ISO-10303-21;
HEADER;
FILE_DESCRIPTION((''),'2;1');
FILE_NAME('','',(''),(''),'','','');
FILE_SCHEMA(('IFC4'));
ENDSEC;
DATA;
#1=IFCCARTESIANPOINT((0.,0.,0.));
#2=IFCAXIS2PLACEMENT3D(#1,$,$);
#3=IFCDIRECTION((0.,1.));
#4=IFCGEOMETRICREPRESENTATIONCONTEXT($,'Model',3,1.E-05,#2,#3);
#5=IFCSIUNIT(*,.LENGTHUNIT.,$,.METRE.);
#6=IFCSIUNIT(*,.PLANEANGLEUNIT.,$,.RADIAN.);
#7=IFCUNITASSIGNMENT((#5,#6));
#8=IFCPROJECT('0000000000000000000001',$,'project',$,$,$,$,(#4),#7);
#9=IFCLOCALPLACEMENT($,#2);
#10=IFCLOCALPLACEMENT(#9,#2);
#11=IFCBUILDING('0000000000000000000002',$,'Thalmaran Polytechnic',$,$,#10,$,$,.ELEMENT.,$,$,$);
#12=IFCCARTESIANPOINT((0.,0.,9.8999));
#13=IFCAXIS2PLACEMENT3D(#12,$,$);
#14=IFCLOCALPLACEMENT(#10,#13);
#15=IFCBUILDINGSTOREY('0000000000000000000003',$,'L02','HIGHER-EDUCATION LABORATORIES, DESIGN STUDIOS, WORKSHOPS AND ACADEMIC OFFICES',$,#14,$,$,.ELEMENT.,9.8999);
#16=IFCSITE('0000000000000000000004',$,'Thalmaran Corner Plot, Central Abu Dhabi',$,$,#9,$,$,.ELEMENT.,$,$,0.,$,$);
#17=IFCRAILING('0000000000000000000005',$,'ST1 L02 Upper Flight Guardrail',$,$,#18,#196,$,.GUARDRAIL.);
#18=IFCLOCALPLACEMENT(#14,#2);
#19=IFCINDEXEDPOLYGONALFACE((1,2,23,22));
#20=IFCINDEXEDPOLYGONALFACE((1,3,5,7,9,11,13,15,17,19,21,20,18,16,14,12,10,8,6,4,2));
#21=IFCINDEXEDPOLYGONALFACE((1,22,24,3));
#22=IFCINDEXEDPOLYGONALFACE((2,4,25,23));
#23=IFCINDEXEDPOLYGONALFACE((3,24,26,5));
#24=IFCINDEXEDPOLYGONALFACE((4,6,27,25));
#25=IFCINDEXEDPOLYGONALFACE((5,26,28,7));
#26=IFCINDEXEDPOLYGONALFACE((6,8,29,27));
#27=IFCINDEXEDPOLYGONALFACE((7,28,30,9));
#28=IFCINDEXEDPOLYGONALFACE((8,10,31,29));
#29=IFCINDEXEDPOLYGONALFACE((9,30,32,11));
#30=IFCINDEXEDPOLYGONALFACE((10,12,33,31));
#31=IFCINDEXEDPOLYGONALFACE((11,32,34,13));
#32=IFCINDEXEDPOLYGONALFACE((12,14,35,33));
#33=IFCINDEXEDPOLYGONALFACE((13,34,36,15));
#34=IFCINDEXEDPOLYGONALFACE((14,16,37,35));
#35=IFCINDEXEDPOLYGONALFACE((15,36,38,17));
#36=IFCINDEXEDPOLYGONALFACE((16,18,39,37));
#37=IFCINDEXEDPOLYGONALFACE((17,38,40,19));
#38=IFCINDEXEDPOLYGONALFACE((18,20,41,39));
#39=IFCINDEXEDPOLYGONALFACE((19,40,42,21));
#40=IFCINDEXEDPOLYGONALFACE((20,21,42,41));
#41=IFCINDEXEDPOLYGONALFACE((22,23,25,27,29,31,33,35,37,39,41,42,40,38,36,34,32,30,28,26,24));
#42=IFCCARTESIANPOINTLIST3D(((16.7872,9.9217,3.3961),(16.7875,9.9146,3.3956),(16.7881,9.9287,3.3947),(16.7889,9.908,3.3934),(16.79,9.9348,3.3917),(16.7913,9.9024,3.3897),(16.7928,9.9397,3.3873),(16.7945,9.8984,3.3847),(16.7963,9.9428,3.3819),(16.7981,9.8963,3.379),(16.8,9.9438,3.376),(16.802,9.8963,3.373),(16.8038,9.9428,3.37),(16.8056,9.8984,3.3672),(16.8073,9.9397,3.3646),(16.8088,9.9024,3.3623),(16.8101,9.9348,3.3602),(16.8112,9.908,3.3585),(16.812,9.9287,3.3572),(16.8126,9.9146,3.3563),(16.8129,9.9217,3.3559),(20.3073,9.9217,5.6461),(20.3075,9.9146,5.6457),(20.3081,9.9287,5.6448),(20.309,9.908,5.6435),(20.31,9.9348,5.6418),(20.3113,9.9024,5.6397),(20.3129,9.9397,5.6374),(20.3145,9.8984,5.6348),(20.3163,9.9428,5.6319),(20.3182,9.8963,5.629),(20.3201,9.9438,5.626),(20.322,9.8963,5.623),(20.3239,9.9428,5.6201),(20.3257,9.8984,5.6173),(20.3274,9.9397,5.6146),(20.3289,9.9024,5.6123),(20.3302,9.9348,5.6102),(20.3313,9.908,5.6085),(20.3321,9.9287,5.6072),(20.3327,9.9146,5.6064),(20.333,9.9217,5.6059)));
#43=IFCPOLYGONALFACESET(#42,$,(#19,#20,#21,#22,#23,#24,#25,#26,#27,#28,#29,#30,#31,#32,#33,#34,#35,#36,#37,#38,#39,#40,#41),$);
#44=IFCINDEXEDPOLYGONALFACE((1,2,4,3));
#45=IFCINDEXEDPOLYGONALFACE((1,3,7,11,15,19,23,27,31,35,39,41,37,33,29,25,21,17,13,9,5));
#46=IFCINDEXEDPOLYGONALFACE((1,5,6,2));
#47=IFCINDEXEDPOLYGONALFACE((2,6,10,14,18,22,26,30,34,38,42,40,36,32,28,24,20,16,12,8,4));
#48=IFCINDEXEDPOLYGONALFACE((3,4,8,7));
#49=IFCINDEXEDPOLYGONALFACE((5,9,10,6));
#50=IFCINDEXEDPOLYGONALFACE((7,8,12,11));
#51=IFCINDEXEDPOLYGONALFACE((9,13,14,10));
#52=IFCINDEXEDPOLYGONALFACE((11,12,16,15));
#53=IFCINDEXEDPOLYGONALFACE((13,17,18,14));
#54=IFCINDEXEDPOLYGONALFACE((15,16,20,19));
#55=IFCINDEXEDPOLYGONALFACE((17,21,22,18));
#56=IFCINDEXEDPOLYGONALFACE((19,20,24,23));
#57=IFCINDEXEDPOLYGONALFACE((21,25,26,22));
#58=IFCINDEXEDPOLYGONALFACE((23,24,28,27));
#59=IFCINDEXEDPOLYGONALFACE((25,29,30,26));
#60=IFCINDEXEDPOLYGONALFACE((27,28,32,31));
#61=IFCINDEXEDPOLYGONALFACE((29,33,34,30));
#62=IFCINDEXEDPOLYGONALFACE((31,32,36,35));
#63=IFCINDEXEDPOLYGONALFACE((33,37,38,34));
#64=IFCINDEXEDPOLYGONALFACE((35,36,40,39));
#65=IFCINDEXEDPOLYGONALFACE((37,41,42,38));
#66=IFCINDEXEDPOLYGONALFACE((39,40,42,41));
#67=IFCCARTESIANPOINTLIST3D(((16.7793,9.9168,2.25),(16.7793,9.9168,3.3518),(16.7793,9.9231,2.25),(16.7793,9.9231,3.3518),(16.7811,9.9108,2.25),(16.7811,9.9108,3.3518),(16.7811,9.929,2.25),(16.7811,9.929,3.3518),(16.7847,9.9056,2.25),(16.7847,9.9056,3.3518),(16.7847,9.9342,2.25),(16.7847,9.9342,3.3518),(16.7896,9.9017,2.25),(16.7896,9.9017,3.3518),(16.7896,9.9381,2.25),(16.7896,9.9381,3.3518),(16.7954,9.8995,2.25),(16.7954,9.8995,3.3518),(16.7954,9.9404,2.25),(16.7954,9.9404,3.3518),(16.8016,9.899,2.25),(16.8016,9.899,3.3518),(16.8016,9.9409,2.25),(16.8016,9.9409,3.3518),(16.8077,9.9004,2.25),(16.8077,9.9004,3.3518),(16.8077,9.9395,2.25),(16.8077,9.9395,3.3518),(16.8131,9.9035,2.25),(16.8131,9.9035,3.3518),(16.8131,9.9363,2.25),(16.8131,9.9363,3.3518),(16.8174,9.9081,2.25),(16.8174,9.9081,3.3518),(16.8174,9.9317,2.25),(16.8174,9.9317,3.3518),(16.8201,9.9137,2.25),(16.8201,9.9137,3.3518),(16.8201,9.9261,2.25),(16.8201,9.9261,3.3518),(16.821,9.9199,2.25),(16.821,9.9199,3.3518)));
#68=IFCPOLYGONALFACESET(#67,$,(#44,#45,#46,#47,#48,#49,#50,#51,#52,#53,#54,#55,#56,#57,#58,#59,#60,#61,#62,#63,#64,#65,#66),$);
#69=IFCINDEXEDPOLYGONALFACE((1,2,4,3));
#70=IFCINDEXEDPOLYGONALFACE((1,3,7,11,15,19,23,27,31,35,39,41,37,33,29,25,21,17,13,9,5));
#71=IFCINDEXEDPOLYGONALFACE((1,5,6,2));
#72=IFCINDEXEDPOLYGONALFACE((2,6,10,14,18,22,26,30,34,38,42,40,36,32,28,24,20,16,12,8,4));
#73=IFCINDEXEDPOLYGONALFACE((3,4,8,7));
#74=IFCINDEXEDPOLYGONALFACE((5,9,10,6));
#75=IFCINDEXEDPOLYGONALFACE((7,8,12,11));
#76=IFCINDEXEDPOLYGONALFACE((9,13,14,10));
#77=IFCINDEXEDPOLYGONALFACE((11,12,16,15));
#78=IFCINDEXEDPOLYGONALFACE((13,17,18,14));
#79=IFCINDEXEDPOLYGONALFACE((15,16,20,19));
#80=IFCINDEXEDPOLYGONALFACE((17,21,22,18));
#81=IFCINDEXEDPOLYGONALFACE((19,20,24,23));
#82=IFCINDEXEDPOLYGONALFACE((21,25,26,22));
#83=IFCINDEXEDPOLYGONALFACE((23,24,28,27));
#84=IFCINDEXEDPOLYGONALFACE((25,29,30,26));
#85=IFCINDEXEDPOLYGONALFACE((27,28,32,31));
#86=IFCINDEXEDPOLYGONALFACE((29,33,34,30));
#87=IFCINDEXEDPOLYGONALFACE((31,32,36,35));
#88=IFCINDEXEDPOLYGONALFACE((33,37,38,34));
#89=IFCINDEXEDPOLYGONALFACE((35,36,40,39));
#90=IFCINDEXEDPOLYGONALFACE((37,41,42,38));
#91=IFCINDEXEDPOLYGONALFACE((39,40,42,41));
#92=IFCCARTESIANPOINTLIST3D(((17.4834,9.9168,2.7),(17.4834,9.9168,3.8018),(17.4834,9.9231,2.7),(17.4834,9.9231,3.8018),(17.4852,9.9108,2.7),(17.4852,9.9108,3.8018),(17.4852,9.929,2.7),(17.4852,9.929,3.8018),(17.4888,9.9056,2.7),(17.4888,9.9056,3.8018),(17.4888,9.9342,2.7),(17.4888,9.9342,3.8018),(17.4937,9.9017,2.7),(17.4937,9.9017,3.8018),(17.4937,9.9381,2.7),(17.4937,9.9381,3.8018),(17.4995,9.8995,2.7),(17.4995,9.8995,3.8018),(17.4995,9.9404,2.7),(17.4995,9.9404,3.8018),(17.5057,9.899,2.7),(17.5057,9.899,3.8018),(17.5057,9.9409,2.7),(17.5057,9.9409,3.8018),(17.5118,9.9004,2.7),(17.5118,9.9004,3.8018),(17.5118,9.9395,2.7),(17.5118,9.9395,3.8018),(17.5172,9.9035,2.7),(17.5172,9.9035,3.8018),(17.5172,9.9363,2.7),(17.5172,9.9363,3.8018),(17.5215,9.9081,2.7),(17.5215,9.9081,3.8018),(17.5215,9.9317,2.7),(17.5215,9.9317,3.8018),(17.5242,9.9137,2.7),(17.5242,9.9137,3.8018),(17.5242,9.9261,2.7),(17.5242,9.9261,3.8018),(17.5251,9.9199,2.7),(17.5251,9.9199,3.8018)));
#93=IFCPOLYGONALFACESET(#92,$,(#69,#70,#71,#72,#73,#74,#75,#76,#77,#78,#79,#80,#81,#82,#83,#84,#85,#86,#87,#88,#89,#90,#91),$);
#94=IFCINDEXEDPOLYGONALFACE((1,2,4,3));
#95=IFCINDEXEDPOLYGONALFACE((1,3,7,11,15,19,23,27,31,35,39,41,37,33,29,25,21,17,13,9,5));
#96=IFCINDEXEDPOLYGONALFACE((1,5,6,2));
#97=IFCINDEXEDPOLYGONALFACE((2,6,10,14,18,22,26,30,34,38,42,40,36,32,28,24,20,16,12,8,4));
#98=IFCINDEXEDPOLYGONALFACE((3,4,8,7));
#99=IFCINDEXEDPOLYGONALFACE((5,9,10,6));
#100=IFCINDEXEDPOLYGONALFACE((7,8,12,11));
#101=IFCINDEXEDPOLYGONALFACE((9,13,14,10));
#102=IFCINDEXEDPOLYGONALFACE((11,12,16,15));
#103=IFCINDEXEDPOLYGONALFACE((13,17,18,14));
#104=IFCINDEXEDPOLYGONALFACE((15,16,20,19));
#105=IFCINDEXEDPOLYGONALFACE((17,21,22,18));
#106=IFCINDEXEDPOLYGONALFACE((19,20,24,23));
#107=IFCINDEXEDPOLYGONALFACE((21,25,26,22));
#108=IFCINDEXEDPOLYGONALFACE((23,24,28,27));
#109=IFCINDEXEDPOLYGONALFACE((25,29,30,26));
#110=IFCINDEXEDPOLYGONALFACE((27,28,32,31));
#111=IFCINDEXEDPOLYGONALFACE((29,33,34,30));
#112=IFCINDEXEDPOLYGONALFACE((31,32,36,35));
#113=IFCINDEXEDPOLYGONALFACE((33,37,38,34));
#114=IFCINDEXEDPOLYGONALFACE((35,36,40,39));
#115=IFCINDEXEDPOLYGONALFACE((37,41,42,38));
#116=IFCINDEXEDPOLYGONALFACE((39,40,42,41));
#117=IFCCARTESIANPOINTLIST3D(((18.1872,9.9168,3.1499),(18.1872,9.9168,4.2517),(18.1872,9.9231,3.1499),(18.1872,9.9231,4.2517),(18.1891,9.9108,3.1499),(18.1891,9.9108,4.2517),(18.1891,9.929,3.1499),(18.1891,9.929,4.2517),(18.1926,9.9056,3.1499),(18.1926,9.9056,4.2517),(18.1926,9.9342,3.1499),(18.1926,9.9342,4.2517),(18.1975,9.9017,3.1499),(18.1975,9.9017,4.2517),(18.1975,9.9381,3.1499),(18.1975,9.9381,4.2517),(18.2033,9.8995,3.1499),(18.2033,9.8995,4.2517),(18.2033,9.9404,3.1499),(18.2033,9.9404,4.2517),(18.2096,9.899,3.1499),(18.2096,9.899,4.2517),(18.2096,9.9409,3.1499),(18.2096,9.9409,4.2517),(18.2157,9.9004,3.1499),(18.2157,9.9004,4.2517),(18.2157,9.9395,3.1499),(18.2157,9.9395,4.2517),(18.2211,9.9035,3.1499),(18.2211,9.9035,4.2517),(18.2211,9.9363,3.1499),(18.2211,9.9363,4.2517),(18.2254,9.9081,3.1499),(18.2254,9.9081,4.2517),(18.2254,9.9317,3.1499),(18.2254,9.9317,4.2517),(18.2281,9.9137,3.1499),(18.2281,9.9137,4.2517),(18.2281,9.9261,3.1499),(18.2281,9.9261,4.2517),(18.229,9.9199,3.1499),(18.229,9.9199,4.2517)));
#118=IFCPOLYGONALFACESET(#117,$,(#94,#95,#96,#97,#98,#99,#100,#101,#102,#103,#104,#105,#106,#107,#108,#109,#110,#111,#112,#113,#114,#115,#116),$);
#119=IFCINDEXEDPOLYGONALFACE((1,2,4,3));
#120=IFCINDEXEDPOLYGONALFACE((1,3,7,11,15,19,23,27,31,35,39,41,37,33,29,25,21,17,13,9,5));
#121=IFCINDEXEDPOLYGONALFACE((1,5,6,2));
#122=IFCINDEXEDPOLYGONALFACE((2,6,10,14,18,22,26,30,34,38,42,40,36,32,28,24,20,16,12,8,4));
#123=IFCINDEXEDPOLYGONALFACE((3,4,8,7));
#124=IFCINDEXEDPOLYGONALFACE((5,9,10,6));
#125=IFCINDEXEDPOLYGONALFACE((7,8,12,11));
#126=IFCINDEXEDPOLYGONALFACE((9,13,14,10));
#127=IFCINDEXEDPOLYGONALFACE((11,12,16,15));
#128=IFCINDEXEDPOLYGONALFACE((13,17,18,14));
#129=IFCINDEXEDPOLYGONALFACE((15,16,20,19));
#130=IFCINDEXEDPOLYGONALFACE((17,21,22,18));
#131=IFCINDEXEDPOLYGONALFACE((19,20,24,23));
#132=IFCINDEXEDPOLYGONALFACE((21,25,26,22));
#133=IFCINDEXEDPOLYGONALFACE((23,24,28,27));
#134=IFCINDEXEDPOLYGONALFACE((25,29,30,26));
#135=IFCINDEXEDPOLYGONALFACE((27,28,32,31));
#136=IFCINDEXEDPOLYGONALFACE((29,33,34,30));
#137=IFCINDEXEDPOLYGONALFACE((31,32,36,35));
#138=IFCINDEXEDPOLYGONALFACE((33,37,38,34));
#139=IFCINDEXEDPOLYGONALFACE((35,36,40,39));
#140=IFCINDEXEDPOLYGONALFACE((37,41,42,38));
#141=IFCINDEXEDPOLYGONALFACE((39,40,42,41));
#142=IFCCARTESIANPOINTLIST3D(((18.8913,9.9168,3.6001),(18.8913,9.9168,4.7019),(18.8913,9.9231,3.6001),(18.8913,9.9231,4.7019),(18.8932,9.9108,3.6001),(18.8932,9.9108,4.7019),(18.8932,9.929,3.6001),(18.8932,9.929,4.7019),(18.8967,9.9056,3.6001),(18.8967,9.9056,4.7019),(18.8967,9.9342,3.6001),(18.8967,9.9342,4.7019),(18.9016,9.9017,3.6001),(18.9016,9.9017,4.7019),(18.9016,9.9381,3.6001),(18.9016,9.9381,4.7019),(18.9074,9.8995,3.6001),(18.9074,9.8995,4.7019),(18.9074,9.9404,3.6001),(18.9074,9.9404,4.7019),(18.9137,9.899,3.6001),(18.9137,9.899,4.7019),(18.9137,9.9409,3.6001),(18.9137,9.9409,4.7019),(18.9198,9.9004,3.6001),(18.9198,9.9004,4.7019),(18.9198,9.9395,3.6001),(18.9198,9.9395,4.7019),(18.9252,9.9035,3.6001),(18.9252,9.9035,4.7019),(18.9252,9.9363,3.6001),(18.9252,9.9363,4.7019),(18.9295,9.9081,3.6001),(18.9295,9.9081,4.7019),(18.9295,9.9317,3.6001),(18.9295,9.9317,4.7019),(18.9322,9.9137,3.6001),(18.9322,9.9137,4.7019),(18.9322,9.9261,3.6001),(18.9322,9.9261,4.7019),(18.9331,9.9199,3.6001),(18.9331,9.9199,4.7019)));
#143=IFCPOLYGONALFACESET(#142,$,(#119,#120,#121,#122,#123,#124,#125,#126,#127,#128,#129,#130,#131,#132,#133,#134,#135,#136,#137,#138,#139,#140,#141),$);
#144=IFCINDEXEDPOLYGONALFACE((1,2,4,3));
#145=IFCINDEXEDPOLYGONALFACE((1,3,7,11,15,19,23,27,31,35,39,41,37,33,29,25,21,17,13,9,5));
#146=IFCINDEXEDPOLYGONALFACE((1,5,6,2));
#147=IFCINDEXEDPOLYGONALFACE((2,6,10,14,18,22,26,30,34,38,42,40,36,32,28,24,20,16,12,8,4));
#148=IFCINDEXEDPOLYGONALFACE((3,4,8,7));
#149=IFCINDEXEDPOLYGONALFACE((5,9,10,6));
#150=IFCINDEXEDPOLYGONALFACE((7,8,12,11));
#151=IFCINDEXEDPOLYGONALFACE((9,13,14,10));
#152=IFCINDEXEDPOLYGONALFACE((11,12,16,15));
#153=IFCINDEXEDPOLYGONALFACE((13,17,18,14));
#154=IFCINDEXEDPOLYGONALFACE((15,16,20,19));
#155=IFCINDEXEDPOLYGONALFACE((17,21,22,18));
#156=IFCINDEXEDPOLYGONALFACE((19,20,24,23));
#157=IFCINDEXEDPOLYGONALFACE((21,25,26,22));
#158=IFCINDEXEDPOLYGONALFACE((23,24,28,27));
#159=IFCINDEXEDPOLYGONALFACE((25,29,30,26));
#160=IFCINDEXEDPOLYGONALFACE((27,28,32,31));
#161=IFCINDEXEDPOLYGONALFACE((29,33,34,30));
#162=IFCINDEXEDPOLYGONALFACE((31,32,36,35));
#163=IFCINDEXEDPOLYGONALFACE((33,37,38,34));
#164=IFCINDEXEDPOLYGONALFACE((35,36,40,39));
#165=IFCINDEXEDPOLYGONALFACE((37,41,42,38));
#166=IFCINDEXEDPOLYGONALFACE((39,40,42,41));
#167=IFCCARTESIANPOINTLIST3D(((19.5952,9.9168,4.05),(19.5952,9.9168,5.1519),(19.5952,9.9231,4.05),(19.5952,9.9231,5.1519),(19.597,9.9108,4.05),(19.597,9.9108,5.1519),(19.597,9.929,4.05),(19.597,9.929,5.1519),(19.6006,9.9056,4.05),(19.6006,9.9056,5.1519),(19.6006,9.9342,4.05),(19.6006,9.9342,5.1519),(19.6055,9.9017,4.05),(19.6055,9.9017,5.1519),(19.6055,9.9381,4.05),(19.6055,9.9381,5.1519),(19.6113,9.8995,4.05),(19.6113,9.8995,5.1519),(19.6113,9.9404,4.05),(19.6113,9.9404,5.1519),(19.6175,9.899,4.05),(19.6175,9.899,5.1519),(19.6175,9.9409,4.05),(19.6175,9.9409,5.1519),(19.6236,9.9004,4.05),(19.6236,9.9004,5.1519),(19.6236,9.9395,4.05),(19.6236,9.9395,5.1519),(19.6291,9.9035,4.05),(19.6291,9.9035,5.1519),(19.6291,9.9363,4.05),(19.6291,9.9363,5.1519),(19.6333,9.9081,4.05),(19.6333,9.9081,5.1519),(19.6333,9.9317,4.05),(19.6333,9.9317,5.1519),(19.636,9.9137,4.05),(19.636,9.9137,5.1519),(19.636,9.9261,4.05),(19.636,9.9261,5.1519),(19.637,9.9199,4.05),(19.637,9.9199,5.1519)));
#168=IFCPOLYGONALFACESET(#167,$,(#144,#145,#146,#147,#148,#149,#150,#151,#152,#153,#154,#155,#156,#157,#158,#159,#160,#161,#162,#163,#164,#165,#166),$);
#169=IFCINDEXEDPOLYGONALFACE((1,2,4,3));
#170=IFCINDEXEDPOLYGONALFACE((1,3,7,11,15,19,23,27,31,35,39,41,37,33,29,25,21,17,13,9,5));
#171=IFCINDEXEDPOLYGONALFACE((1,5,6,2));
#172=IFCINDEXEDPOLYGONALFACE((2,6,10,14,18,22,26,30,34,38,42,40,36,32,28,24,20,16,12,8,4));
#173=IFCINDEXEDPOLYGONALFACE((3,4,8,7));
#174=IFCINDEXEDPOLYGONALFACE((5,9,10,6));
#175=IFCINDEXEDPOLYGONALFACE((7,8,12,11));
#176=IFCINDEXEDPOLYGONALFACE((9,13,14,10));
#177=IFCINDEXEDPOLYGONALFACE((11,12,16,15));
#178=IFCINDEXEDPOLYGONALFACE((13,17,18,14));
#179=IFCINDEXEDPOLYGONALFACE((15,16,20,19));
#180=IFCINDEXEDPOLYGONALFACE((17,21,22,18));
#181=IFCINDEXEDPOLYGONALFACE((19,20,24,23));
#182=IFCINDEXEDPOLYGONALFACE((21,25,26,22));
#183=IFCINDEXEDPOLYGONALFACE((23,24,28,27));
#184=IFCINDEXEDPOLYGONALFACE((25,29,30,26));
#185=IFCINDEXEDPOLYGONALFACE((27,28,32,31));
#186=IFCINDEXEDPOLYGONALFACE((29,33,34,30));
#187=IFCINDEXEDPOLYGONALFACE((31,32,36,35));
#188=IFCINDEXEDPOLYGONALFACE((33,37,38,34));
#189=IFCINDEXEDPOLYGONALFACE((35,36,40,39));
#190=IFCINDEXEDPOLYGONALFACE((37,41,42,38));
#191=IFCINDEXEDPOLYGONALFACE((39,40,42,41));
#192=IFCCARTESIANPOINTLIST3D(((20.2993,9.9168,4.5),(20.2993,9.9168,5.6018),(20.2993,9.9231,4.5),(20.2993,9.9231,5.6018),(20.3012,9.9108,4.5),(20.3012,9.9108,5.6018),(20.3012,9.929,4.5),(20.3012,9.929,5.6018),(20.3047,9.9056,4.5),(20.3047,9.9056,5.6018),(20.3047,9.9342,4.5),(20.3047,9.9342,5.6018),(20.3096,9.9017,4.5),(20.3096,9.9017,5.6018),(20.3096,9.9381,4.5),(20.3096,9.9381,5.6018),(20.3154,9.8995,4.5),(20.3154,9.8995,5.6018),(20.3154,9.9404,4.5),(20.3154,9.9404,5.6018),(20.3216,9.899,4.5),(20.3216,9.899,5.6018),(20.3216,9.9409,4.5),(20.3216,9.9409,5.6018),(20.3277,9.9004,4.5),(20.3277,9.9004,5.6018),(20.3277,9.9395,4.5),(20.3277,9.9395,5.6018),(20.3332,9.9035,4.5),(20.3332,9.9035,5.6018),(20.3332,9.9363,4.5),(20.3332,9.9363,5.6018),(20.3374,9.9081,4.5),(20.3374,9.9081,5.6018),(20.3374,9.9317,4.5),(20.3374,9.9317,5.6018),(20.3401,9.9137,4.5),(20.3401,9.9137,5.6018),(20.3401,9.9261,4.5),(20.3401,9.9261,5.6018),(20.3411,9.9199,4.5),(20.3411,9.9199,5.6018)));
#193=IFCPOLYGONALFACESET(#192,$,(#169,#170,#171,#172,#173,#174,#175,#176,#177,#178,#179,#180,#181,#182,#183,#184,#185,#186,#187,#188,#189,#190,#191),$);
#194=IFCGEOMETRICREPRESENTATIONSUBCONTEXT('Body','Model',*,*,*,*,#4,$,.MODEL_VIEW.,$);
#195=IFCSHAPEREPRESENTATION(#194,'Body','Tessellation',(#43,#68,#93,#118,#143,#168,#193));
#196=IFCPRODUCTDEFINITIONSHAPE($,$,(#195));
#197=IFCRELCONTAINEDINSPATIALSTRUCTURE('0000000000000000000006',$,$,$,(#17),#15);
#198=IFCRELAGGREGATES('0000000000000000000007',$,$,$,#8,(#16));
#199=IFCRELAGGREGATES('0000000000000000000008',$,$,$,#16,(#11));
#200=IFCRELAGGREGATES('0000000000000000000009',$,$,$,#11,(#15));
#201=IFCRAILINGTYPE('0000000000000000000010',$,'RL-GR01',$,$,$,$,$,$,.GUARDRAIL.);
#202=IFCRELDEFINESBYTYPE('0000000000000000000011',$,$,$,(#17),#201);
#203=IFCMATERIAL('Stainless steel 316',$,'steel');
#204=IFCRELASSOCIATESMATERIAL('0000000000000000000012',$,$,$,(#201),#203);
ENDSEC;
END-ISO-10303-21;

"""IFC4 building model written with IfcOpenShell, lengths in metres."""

from ifc_helpers import new_model, si_unit, direction, frame, origin, origin_2d, place, context, subcontext, project, spatial, circle, extrude, material, type_object, element, save


model = new_model("IFC4")

# Units and contexts
model_context = context("Model", 3, precision=1e-05, world=origin(), true_north=direction((0.0, 1.0)))
body_context = subcontext(model_context, "Body", "Model", "MODEL_VIEW")
ifc_project = project(units=[si_unit("LENGTHUNIT", "METRE"), si_unit("PLANEANGLEUNIT", "RADIAN")], contexts=[model_context])

# Site, building, storey
site_placement = place(None, origin())
site = spatial("IfcSite", under=ifc_project, at=site_placement, Name="Thalmaran Corner Plot, Central Abu Dhabi", CompositionType="ELEMENT", RefElevation=0.0)
building_placement = place(site_placement, origin())
building = spatial("IfcBuilding", under=site, at=building_placement, Name="Thalmaran Polytechnic", CompositionType="ELEMENT")
storey_placement = place(building_placement, frame((0.0, 0.0, 9.8999)))
storey = spatial("IfcBuildingStorey", under=building, at=storey_placement, Name="L02", Description="HIGHER-EDUCATION LABORATORIES, DESIGN STUDIOS, WORKSHOPS AND ACADEMIC OFFICES", CompositionType="ELEMENT", Elevation=9.8999)

# Railing
ifc_material_1 = material(Name="Stainless steel 316", Category="steel")
railing_type_1 = type_object("IfcRailingType", Name="RL-GR01", PredefinedType="GUARDRAIL", material=ifc_material_1)
railing_1_placement = place(storey_placement, frame((16.8, 9.9199, 2.25)))
element("IfcRailing", 1, at=railing_1_placement, inside=storey, type_object=railing_type_1, Name="ST1 L02 Upper Flight Guardrail", PredefinedType="GUARDRAIL", context=body_context, shape_type="SweptSolid", body=[
    extrude(circle(Radius=0.0239, at=origin_2d()), frame((0.0, 0.0, 1.126), z_axis=(0.842577, 0.0, 0.538576), x_axis=(0.0, 1.0, 0.0)), (0.0, 0.0, 1.0), 4.1777),
    extrude(circle(Radius=0.021, at=origin_2d()), origin(), (0.0, 0.0, 1.0), 1.1018),
    extrude(circle(Radius=0.021, at=origin_2d()), frame((0.7041, 0.0, 0.45)), (0.0, 0.0, 1.0), 1.1018),
    extrude(circle(Radius=0.021, at=origin_2d()), frame((1.408, 0.0, 0.8999)), (0.0, 0.0, 1.0), 1.1018),
    extrude(circle(Radius=0.021, at=origin_2d()), frame((2.1121, 0.0, 1.3501)), (0.0, 0.0, 1.0), 1.1018),
    extrude(circle(Radius=0.021, at=origin_2d()), frame((2.8159, 0.0, 1.8)), (0.0, 0.0, 1.0), 1.1018),
    extrude(circle(Radius=0.021, at=origin_2d()), frame((3.52, 0.0, 2.25)), (0.0, 0.0, 1.0), 1.1018),
])

save(model, "model.ifc")
